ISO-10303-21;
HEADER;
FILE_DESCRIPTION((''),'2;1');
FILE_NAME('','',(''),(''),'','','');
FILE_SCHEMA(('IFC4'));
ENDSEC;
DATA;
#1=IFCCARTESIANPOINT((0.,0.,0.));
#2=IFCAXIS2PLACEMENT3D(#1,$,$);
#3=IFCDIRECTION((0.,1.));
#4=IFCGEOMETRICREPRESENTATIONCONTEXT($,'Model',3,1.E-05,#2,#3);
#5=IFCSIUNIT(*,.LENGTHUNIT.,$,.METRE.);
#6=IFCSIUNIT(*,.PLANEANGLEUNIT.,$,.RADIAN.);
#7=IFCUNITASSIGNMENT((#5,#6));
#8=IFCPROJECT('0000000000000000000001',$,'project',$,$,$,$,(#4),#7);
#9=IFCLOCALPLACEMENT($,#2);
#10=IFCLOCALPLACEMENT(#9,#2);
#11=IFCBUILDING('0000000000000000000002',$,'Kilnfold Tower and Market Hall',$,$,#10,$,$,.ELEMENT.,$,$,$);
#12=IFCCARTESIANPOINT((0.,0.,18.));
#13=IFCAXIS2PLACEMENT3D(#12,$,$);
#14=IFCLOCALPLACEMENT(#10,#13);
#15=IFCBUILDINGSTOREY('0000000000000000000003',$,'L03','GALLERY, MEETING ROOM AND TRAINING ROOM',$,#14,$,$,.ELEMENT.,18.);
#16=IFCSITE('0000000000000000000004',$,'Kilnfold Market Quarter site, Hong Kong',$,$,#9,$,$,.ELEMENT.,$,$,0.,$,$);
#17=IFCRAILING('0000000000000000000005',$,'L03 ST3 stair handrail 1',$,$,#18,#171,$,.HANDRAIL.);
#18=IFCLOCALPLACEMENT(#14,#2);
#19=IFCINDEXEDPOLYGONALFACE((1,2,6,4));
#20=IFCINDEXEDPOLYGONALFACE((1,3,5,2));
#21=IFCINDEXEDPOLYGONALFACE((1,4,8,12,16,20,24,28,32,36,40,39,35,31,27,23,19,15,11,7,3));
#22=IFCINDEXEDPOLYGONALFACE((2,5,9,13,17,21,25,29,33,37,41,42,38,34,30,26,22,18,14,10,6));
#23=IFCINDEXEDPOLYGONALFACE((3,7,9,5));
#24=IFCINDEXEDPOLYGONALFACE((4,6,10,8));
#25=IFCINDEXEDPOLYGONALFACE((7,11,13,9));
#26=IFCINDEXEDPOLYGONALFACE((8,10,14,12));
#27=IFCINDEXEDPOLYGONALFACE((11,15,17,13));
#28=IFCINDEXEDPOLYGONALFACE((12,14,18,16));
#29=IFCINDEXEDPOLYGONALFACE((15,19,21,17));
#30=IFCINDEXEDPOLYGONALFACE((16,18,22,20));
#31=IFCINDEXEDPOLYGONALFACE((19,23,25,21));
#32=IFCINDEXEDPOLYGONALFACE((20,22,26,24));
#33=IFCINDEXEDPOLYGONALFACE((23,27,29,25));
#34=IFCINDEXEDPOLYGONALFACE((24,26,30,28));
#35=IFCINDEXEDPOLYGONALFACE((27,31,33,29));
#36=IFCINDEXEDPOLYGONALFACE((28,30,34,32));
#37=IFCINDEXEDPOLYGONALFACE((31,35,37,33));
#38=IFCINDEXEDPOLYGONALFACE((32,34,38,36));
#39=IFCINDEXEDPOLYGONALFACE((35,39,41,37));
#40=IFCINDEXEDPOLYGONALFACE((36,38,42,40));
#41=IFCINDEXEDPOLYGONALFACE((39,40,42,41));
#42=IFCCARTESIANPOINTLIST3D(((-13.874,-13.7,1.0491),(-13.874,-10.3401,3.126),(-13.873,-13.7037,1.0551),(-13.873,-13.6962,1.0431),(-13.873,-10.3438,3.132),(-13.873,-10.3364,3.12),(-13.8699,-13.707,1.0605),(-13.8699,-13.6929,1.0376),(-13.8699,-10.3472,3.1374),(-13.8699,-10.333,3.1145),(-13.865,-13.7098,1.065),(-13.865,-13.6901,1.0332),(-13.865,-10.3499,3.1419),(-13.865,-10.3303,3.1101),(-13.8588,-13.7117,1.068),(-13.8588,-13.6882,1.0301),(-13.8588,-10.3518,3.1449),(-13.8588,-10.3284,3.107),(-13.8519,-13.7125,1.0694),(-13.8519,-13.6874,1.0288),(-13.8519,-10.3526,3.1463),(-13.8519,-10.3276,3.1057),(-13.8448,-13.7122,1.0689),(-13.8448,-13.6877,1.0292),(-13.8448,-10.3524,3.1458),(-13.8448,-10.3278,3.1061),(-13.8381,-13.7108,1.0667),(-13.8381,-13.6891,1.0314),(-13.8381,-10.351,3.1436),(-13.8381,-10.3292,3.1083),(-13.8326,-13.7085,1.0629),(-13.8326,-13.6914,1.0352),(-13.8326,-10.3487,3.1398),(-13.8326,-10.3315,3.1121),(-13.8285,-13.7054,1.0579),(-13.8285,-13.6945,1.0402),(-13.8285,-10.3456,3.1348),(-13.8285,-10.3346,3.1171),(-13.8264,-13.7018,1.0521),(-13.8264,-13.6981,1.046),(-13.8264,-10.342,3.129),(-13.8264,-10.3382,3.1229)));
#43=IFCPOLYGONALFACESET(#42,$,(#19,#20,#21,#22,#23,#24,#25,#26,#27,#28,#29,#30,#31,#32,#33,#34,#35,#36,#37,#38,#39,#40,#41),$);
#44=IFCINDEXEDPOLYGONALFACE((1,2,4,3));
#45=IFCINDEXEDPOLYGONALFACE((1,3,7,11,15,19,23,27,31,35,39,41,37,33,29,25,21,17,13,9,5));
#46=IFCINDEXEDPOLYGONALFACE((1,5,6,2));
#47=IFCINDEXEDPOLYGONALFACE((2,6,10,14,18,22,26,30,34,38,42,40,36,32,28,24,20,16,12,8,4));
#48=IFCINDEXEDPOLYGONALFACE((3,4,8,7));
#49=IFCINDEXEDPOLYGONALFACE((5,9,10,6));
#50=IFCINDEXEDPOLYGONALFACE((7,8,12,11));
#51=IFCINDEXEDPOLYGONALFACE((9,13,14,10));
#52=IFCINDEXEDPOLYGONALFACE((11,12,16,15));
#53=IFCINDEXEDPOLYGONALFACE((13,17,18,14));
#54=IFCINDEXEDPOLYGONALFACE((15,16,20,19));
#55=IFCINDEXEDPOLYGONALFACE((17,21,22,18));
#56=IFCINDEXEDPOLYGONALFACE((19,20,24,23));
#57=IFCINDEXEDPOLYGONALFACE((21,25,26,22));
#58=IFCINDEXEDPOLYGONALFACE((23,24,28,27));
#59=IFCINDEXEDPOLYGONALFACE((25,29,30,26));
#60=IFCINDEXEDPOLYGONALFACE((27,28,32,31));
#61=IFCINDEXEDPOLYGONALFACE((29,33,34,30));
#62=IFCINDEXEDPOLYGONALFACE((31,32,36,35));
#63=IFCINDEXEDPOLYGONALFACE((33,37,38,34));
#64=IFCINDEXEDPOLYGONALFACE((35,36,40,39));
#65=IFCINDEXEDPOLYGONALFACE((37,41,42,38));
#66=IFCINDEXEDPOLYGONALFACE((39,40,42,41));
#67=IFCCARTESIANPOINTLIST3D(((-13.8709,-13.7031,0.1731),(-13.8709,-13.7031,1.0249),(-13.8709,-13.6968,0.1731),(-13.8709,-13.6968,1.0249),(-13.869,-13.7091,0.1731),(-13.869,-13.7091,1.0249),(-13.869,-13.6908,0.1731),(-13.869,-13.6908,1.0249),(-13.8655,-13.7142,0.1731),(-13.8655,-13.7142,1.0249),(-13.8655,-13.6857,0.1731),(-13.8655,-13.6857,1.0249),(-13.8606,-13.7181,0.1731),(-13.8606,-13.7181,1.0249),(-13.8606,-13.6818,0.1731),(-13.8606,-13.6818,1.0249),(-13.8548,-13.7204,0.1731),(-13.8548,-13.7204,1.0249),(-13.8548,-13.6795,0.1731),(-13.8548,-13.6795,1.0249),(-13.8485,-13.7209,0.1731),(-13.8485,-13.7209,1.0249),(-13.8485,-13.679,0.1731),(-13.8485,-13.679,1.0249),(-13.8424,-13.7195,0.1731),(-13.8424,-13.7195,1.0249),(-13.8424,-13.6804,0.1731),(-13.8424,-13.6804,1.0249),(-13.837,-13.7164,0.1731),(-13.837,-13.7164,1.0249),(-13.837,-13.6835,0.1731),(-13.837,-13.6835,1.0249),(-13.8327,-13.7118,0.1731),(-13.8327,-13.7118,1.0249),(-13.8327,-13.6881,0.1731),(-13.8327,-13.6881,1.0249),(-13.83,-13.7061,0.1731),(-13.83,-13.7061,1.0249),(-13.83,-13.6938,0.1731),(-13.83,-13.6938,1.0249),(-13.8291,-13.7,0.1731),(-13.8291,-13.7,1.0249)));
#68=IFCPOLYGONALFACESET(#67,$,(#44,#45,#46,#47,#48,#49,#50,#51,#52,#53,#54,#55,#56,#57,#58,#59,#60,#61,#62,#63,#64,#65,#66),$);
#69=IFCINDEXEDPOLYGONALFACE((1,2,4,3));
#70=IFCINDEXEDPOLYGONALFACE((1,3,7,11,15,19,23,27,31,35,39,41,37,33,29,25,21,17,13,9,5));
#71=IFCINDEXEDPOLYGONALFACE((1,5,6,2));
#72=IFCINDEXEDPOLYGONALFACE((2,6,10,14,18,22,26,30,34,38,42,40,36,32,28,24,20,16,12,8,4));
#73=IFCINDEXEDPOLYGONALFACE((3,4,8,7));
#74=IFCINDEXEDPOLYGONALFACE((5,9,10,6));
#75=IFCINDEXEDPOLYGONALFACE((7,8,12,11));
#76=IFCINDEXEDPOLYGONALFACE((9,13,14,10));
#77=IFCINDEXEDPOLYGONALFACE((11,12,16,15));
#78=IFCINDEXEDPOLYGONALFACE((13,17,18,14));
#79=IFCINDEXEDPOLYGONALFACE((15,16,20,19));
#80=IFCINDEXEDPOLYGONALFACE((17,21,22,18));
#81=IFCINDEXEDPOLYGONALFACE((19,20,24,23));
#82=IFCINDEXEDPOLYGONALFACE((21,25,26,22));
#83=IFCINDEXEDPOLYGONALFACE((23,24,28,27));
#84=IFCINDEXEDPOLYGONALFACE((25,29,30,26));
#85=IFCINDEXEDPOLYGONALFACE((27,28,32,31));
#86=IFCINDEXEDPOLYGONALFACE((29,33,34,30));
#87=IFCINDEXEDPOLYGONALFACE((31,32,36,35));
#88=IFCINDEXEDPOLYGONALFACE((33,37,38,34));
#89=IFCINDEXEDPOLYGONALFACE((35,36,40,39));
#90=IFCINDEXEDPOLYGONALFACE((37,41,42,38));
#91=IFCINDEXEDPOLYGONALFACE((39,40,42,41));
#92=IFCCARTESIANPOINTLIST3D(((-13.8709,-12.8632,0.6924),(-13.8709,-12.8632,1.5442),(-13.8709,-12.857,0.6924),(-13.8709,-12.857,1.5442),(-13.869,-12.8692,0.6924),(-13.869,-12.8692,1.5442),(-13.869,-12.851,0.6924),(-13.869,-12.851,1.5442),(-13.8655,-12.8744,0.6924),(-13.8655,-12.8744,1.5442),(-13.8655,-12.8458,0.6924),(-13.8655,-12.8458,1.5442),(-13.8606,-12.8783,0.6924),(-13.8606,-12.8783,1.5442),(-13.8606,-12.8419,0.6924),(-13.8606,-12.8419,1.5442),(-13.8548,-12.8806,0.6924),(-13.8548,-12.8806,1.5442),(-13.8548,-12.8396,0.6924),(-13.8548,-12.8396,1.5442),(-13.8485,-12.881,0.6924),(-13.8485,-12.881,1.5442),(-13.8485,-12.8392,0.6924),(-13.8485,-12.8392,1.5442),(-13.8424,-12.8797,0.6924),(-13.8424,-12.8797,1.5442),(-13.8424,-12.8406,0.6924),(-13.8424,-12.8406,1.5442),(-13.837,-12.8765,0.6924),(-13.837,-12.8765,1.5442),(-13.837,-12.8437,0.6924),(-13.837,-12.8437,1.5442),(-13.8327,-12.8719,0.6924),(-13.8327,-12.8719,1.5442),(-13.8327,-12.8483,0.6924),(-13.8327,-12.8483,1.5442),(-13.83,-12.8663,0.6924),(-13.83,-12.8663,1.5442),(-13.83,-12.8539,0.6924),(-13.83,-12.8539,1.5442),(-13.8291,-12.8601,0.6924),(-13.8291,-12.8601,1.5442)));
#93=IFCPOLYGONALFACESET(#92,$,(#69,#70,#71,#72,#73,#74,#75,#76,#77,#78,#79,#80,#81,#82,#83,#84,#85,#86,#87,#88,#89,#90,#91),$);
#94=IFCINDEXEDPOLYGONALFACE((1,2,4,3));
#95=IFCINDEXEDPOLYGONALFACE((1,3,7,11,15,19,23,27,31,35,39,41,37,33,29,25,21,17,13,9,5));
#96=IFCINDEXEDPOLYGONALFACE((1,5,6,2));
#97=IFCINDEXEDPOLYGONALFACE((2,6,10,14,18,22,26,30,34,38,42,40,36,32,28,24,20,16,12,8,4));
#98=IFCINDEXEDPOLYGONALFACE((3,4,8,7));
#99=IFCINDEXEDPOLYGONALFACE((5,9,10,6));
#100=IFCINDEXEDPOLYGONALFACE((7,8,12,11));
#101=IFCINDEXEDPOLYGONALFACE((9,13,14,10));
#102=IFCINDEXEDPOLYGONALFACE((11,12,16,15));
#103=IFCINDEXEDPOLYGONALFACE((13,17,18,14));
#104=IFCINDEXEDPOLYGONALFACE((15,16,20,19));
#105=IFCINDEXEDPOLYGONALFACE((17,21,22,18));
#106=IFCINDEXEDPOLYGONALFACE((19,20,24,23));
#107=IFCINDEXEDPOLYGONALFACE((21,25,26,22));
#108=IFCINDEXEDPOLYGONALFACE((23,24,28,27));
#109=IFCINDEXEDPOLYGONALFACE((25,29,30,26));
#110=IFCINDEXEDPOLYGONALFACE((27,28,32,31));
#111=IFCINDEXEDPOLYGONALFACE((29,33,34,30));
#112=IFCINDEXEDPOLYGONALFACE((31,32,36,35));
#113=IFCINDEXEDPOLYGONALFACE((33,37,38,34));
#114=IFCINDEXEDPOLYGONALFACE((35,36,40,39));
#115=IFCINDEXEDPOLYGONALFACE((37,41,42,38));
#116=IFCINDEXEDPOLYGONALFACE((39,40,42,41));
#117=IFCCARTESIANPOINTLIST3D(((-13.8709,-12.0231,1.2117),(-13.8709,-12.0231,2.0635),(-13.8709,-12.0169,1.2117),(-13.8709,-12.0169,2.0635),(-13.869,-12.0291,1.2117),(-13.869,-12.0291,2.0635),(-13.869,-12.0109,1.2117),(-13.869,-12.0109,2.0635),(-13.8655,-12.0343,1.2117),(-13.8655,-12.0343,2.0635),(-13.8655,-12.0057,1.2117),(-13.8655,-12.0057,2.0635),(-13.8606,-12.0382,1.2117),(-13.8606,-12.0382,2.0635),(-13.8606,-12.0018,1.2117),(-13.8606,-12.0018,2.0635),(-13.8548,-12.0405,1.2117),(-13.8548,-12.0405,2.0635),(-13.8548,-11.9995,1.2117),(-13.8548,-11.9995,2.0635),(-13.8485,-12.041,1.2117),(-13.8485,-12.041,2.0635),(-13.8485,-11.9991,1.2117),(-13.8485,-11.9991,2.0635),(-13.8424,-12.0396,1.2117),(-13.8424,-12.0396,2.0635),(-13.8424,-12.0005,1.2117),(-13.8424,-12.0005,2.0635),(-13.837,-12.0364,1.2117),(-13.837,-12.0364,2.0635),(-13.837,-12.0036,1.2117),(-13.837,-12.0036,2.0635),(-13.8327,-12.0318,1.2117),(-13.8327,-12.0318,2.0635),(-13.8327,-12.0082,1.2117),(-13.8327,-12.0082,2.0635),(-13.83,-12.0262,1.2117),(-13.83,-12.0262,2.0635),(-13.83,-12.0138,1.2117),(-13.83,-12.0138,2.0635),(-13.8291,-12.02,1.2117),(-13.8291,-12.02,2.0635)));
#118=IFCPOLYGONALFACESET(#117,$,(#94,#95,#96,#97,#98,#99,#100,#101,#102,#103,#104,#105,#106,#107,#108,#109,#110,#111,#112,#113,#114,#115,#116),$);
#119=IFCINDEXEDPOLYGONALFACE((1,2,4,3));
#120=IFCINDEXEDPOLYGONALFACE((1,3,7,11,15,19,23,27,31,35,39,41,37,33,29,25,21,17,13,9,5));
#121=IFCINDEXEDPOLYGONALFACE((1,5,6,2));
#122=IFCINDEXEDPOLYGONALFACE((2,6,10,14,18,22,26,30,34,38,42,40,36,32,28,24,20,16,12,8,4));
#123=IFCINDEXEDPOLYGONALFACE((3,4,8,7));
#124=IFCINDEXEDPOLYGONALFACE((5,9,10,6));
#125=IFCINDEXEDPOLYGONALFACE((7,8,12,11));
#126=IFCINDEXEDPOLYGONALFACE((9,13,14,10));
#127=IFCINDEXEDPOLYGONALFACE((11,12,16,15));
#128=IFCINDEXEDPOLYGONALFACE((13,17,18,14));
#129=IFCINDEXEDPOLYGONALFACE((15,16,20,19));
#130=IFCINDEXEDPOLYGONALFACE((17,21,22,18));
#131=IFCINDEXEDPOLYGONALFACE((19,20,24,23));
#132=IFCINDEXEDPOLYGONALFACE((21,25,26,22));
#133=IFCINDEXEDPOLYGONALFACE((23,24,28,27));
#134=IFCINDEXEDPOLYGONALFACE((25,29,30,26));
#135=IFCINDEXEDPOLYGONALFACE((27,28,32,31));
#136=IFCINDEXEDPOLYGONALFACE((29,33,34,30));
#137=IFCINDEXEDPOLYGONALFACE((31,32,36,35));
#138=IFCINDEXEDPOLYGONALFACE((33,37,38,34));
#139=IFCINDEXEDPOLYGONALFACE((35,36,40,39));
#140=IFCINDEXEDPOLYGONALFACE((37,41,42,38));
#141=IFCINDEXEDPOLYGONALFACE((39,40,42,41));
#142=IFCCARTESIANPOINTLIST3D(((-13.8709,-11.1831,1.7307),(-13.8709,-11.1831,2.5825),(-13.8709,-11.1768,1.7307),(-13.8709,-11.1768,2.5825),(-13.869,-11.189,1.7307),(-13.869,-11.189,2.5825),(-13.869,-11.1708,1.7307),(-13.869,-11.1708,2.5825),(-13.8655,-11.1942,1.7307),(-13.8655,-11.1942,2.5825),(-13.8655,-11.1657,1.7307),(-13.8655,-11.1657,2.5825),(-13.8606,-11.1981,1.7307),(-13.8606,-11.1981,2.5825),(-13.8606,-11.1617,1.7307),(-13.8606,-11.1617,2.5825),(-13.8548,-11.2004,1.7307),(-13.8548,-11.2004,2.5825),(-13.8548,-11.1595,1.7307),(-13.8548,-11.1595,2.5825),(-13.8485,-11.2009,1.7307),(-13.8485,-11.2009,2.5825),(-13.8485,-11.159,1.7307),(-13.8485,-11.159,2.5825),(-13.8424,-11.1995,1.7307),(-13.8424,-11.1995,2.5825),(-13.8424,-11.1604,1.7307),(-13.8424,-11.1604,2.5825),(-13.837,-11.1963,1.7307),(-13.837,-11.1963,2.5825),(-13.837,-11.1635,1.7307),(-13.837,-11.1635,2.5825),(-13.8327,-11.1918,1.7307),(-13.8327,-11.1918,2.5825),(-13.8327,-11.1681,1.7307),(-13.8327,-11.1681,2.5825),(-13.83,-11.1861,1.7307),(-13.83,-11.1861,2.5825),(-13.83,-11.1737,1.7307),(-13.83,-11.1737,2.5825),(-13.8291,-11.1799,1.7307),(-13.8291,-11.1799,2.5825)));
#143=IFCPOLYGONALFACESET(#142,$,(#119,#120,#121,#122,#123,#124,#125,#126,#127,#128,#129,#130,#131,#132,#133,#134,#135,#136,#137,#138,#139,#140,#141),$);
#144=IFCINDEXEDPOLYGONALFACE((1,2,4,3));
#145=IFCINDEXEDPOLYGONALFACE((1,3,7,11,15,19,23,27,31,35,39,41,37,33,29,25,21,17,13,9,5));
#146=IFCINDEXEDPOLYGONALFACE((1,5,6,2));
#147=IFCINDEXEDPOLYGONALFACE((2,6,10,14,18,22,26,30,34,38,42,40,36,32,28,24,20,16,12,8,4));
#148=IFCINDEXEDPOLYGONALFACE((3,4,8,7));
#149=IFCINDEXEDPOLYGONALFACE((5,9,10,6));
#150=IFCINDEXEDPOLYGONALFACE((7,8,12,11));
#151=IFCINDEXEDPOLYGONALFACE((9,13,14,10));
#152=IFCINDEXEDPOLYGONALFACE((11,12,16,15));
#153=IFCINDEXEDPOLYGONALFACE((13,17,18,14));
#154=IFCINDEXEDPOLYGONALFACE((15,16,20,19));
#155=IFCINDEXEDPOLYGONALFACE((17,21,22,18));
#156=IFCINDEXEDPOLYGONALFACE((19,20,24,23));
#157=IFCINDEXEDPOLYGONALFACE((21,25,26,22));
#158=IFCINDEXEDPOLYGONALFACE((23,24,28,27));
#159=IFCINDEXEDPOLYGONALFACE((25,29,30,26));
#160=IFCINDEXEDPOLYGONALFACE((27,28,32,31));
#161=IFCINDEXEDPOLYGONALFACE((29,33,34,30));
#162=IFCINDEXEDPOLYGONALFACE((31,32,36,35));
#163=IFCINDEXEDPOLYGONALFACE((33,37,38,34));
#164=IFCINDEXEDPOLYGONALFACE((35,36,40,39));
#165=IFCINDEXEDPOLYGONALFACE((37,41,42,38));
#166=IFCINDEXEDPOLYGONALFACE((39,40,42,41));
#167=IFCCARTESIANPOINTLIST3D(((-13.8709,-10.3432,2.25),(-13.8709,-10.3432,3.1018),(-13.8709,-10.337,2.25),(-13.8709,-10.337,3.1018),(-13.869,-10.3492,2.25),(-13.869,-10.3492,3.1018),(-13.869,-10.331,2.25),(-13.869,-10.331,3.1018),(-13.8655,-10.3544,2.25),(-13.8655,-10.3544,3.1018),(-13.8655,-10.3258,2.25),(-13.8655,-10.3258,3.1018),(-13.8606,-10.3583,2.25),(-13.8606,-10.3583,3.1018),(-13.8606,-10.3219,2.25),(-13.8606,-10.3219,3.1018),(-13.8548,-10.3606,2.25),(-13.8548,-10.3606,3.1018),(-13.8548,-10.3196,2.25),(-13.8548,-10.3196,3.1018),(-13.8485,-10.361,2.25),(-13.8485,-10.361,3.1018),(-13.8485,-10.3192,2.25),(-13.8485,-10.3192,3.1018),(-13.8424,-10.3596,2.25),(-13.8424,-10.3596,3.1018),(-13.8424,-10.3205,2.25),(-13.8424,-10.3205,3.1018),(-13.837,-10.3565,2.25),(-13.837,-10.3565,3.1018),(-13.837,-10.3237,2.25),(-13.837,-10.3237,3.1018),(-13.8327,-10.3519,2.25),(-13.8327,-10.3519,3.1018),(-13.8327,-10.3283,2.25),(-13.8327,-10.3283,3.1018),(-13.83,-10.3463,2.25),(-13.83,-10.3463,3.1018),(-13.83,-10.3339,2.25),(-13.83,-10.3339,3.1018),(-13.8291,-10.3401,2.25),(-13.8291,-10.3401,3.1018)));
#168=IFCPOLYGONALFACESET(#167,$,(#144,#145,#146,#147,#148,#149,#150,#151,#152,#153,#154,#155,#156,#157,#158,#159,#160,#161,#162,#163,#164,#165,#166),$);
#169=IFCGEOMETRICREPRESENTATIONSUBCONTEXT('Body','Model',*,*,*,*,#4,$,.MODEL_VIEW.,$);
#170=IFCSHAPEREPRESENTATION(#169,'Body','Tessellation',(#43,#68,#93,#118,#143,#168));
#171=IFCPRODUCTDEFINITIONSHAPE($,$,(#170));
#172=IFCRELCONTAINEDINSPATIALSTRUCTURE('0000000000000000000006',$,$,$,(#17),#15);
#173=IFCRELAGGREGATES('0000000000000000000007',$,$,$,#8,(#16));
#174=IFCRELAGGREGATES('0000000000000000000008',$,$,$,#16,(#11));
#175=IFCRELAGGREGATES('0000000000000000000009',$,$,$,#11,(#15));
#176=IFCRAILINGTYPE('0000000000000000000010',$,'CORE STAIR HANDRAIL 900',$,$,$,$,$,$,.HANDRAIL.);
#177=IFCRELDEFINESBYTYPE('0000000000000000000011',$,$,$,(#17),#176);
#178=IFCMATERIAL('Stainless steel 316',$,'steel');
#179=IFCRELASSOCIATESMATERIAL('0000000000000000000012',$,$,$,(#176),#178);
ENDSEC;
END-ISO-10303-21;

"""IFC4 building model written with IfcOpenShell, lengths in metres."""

from ifc_helpers import new_model, si_unit, direction, frame, origin, origin_2d, place, context, subcontext, project, spatial, circle, extrude, material, type_object, element, save


model = new_model("IFC4")

# Units and contexts
model_context = context("Model", 3, precision=1e-05, world=origin(), true_north=direction((0.0, 1.0)))
body_context = subcontext(model_context, "Body", "Model", "MODEL_VIEW")
ifc_project = project(units=[si_unit("LENGTHUNIT", "METRE"), si_unit("PLANEANGLEUNIT", "RADIAN")], contexts=[model_context])

# Site, building, storey
site_placement = place(None, origin())
site = spatial("IfcSite", under=ifc_project, at=site_placement, Name="Kilnfold Market Quarter site, Hong Kong", CompositionType="ELEMENT", RefElevation=0.0)
building_placement = place(site_placement, origin())
building = spatial("IfcBuilding", under=site, at=building_placement, Name="Kilnfold Tower and Market Hall", CompositionType="ELEMENT")
storey_placement = place(building_placement, frame((0.0, 0.0, 18.0)))
storey = spatial("IfcBuildingStorey", under=building, at=storey_placement, Name="L03", Description="GALLERY, MEETING ROOM AND TRAINING ROOM", CompositionType="ELEMENT", Elevation=18.0)

# Railing
ifc_material_1 = material(Name="Stainless steel 316", Category="steel")
railing_type_1 = type_object("IfcRailingType", Name="CORE STAIR HANDRAIL 900", PredefinedType="HANDRAIL", material=ifc_material_1)
railing_1_placement = place(storey_placement, frame((-13.8501, -13.7, 0.1731)))
element("IfcRailing", 1, at=railing_1_placement, inside=storey, type_object=railing_type_1, Name="L03 ST3 stair handrail 1", PredefinedType="HANDRAIL", context=body_context, shape_type="SweptSolid", body=[
    extrude(circle(Radius=0.0239, at=origin_2d()), frame((0.0, 0.0, 0.876), z_axis=(0.0, 0.850606, 0.525803), x_axis=(-1.0, 0.0, 0.0)), (0.0, 0.0, 1.0), 3.95),
    extrude(circle(Radius=0.021, at=origin_2d()), origin(), (0.0, 0.0, 1.0), 0.8518),
    extrude(circle(Radius=0.021, at=origin_2d()), frame((0.0, 0.8398, 0.5193)), (0.0, 0.0, 1.0), 0.8518),
    extrude(circle(Radius=0.021, at=origin_2d()), frame((0.0, 1.6799, 1.0386)), (0.0, 0.0, 1.0), 0.8518),
    extrude(circle(Radius=0.021, at=origin_2d()), frame((0.0, 2.52, 1.5576)), (0.0, 0.0, 1.0), 0.8518),
    extrude(circle(Radius=0.021, at=origin_2d()), frame((0.0, 3.3599, 2.0769)), (0.0, 0.0, 1.0), 0.8518),
])

save(model, "model.ifc")
